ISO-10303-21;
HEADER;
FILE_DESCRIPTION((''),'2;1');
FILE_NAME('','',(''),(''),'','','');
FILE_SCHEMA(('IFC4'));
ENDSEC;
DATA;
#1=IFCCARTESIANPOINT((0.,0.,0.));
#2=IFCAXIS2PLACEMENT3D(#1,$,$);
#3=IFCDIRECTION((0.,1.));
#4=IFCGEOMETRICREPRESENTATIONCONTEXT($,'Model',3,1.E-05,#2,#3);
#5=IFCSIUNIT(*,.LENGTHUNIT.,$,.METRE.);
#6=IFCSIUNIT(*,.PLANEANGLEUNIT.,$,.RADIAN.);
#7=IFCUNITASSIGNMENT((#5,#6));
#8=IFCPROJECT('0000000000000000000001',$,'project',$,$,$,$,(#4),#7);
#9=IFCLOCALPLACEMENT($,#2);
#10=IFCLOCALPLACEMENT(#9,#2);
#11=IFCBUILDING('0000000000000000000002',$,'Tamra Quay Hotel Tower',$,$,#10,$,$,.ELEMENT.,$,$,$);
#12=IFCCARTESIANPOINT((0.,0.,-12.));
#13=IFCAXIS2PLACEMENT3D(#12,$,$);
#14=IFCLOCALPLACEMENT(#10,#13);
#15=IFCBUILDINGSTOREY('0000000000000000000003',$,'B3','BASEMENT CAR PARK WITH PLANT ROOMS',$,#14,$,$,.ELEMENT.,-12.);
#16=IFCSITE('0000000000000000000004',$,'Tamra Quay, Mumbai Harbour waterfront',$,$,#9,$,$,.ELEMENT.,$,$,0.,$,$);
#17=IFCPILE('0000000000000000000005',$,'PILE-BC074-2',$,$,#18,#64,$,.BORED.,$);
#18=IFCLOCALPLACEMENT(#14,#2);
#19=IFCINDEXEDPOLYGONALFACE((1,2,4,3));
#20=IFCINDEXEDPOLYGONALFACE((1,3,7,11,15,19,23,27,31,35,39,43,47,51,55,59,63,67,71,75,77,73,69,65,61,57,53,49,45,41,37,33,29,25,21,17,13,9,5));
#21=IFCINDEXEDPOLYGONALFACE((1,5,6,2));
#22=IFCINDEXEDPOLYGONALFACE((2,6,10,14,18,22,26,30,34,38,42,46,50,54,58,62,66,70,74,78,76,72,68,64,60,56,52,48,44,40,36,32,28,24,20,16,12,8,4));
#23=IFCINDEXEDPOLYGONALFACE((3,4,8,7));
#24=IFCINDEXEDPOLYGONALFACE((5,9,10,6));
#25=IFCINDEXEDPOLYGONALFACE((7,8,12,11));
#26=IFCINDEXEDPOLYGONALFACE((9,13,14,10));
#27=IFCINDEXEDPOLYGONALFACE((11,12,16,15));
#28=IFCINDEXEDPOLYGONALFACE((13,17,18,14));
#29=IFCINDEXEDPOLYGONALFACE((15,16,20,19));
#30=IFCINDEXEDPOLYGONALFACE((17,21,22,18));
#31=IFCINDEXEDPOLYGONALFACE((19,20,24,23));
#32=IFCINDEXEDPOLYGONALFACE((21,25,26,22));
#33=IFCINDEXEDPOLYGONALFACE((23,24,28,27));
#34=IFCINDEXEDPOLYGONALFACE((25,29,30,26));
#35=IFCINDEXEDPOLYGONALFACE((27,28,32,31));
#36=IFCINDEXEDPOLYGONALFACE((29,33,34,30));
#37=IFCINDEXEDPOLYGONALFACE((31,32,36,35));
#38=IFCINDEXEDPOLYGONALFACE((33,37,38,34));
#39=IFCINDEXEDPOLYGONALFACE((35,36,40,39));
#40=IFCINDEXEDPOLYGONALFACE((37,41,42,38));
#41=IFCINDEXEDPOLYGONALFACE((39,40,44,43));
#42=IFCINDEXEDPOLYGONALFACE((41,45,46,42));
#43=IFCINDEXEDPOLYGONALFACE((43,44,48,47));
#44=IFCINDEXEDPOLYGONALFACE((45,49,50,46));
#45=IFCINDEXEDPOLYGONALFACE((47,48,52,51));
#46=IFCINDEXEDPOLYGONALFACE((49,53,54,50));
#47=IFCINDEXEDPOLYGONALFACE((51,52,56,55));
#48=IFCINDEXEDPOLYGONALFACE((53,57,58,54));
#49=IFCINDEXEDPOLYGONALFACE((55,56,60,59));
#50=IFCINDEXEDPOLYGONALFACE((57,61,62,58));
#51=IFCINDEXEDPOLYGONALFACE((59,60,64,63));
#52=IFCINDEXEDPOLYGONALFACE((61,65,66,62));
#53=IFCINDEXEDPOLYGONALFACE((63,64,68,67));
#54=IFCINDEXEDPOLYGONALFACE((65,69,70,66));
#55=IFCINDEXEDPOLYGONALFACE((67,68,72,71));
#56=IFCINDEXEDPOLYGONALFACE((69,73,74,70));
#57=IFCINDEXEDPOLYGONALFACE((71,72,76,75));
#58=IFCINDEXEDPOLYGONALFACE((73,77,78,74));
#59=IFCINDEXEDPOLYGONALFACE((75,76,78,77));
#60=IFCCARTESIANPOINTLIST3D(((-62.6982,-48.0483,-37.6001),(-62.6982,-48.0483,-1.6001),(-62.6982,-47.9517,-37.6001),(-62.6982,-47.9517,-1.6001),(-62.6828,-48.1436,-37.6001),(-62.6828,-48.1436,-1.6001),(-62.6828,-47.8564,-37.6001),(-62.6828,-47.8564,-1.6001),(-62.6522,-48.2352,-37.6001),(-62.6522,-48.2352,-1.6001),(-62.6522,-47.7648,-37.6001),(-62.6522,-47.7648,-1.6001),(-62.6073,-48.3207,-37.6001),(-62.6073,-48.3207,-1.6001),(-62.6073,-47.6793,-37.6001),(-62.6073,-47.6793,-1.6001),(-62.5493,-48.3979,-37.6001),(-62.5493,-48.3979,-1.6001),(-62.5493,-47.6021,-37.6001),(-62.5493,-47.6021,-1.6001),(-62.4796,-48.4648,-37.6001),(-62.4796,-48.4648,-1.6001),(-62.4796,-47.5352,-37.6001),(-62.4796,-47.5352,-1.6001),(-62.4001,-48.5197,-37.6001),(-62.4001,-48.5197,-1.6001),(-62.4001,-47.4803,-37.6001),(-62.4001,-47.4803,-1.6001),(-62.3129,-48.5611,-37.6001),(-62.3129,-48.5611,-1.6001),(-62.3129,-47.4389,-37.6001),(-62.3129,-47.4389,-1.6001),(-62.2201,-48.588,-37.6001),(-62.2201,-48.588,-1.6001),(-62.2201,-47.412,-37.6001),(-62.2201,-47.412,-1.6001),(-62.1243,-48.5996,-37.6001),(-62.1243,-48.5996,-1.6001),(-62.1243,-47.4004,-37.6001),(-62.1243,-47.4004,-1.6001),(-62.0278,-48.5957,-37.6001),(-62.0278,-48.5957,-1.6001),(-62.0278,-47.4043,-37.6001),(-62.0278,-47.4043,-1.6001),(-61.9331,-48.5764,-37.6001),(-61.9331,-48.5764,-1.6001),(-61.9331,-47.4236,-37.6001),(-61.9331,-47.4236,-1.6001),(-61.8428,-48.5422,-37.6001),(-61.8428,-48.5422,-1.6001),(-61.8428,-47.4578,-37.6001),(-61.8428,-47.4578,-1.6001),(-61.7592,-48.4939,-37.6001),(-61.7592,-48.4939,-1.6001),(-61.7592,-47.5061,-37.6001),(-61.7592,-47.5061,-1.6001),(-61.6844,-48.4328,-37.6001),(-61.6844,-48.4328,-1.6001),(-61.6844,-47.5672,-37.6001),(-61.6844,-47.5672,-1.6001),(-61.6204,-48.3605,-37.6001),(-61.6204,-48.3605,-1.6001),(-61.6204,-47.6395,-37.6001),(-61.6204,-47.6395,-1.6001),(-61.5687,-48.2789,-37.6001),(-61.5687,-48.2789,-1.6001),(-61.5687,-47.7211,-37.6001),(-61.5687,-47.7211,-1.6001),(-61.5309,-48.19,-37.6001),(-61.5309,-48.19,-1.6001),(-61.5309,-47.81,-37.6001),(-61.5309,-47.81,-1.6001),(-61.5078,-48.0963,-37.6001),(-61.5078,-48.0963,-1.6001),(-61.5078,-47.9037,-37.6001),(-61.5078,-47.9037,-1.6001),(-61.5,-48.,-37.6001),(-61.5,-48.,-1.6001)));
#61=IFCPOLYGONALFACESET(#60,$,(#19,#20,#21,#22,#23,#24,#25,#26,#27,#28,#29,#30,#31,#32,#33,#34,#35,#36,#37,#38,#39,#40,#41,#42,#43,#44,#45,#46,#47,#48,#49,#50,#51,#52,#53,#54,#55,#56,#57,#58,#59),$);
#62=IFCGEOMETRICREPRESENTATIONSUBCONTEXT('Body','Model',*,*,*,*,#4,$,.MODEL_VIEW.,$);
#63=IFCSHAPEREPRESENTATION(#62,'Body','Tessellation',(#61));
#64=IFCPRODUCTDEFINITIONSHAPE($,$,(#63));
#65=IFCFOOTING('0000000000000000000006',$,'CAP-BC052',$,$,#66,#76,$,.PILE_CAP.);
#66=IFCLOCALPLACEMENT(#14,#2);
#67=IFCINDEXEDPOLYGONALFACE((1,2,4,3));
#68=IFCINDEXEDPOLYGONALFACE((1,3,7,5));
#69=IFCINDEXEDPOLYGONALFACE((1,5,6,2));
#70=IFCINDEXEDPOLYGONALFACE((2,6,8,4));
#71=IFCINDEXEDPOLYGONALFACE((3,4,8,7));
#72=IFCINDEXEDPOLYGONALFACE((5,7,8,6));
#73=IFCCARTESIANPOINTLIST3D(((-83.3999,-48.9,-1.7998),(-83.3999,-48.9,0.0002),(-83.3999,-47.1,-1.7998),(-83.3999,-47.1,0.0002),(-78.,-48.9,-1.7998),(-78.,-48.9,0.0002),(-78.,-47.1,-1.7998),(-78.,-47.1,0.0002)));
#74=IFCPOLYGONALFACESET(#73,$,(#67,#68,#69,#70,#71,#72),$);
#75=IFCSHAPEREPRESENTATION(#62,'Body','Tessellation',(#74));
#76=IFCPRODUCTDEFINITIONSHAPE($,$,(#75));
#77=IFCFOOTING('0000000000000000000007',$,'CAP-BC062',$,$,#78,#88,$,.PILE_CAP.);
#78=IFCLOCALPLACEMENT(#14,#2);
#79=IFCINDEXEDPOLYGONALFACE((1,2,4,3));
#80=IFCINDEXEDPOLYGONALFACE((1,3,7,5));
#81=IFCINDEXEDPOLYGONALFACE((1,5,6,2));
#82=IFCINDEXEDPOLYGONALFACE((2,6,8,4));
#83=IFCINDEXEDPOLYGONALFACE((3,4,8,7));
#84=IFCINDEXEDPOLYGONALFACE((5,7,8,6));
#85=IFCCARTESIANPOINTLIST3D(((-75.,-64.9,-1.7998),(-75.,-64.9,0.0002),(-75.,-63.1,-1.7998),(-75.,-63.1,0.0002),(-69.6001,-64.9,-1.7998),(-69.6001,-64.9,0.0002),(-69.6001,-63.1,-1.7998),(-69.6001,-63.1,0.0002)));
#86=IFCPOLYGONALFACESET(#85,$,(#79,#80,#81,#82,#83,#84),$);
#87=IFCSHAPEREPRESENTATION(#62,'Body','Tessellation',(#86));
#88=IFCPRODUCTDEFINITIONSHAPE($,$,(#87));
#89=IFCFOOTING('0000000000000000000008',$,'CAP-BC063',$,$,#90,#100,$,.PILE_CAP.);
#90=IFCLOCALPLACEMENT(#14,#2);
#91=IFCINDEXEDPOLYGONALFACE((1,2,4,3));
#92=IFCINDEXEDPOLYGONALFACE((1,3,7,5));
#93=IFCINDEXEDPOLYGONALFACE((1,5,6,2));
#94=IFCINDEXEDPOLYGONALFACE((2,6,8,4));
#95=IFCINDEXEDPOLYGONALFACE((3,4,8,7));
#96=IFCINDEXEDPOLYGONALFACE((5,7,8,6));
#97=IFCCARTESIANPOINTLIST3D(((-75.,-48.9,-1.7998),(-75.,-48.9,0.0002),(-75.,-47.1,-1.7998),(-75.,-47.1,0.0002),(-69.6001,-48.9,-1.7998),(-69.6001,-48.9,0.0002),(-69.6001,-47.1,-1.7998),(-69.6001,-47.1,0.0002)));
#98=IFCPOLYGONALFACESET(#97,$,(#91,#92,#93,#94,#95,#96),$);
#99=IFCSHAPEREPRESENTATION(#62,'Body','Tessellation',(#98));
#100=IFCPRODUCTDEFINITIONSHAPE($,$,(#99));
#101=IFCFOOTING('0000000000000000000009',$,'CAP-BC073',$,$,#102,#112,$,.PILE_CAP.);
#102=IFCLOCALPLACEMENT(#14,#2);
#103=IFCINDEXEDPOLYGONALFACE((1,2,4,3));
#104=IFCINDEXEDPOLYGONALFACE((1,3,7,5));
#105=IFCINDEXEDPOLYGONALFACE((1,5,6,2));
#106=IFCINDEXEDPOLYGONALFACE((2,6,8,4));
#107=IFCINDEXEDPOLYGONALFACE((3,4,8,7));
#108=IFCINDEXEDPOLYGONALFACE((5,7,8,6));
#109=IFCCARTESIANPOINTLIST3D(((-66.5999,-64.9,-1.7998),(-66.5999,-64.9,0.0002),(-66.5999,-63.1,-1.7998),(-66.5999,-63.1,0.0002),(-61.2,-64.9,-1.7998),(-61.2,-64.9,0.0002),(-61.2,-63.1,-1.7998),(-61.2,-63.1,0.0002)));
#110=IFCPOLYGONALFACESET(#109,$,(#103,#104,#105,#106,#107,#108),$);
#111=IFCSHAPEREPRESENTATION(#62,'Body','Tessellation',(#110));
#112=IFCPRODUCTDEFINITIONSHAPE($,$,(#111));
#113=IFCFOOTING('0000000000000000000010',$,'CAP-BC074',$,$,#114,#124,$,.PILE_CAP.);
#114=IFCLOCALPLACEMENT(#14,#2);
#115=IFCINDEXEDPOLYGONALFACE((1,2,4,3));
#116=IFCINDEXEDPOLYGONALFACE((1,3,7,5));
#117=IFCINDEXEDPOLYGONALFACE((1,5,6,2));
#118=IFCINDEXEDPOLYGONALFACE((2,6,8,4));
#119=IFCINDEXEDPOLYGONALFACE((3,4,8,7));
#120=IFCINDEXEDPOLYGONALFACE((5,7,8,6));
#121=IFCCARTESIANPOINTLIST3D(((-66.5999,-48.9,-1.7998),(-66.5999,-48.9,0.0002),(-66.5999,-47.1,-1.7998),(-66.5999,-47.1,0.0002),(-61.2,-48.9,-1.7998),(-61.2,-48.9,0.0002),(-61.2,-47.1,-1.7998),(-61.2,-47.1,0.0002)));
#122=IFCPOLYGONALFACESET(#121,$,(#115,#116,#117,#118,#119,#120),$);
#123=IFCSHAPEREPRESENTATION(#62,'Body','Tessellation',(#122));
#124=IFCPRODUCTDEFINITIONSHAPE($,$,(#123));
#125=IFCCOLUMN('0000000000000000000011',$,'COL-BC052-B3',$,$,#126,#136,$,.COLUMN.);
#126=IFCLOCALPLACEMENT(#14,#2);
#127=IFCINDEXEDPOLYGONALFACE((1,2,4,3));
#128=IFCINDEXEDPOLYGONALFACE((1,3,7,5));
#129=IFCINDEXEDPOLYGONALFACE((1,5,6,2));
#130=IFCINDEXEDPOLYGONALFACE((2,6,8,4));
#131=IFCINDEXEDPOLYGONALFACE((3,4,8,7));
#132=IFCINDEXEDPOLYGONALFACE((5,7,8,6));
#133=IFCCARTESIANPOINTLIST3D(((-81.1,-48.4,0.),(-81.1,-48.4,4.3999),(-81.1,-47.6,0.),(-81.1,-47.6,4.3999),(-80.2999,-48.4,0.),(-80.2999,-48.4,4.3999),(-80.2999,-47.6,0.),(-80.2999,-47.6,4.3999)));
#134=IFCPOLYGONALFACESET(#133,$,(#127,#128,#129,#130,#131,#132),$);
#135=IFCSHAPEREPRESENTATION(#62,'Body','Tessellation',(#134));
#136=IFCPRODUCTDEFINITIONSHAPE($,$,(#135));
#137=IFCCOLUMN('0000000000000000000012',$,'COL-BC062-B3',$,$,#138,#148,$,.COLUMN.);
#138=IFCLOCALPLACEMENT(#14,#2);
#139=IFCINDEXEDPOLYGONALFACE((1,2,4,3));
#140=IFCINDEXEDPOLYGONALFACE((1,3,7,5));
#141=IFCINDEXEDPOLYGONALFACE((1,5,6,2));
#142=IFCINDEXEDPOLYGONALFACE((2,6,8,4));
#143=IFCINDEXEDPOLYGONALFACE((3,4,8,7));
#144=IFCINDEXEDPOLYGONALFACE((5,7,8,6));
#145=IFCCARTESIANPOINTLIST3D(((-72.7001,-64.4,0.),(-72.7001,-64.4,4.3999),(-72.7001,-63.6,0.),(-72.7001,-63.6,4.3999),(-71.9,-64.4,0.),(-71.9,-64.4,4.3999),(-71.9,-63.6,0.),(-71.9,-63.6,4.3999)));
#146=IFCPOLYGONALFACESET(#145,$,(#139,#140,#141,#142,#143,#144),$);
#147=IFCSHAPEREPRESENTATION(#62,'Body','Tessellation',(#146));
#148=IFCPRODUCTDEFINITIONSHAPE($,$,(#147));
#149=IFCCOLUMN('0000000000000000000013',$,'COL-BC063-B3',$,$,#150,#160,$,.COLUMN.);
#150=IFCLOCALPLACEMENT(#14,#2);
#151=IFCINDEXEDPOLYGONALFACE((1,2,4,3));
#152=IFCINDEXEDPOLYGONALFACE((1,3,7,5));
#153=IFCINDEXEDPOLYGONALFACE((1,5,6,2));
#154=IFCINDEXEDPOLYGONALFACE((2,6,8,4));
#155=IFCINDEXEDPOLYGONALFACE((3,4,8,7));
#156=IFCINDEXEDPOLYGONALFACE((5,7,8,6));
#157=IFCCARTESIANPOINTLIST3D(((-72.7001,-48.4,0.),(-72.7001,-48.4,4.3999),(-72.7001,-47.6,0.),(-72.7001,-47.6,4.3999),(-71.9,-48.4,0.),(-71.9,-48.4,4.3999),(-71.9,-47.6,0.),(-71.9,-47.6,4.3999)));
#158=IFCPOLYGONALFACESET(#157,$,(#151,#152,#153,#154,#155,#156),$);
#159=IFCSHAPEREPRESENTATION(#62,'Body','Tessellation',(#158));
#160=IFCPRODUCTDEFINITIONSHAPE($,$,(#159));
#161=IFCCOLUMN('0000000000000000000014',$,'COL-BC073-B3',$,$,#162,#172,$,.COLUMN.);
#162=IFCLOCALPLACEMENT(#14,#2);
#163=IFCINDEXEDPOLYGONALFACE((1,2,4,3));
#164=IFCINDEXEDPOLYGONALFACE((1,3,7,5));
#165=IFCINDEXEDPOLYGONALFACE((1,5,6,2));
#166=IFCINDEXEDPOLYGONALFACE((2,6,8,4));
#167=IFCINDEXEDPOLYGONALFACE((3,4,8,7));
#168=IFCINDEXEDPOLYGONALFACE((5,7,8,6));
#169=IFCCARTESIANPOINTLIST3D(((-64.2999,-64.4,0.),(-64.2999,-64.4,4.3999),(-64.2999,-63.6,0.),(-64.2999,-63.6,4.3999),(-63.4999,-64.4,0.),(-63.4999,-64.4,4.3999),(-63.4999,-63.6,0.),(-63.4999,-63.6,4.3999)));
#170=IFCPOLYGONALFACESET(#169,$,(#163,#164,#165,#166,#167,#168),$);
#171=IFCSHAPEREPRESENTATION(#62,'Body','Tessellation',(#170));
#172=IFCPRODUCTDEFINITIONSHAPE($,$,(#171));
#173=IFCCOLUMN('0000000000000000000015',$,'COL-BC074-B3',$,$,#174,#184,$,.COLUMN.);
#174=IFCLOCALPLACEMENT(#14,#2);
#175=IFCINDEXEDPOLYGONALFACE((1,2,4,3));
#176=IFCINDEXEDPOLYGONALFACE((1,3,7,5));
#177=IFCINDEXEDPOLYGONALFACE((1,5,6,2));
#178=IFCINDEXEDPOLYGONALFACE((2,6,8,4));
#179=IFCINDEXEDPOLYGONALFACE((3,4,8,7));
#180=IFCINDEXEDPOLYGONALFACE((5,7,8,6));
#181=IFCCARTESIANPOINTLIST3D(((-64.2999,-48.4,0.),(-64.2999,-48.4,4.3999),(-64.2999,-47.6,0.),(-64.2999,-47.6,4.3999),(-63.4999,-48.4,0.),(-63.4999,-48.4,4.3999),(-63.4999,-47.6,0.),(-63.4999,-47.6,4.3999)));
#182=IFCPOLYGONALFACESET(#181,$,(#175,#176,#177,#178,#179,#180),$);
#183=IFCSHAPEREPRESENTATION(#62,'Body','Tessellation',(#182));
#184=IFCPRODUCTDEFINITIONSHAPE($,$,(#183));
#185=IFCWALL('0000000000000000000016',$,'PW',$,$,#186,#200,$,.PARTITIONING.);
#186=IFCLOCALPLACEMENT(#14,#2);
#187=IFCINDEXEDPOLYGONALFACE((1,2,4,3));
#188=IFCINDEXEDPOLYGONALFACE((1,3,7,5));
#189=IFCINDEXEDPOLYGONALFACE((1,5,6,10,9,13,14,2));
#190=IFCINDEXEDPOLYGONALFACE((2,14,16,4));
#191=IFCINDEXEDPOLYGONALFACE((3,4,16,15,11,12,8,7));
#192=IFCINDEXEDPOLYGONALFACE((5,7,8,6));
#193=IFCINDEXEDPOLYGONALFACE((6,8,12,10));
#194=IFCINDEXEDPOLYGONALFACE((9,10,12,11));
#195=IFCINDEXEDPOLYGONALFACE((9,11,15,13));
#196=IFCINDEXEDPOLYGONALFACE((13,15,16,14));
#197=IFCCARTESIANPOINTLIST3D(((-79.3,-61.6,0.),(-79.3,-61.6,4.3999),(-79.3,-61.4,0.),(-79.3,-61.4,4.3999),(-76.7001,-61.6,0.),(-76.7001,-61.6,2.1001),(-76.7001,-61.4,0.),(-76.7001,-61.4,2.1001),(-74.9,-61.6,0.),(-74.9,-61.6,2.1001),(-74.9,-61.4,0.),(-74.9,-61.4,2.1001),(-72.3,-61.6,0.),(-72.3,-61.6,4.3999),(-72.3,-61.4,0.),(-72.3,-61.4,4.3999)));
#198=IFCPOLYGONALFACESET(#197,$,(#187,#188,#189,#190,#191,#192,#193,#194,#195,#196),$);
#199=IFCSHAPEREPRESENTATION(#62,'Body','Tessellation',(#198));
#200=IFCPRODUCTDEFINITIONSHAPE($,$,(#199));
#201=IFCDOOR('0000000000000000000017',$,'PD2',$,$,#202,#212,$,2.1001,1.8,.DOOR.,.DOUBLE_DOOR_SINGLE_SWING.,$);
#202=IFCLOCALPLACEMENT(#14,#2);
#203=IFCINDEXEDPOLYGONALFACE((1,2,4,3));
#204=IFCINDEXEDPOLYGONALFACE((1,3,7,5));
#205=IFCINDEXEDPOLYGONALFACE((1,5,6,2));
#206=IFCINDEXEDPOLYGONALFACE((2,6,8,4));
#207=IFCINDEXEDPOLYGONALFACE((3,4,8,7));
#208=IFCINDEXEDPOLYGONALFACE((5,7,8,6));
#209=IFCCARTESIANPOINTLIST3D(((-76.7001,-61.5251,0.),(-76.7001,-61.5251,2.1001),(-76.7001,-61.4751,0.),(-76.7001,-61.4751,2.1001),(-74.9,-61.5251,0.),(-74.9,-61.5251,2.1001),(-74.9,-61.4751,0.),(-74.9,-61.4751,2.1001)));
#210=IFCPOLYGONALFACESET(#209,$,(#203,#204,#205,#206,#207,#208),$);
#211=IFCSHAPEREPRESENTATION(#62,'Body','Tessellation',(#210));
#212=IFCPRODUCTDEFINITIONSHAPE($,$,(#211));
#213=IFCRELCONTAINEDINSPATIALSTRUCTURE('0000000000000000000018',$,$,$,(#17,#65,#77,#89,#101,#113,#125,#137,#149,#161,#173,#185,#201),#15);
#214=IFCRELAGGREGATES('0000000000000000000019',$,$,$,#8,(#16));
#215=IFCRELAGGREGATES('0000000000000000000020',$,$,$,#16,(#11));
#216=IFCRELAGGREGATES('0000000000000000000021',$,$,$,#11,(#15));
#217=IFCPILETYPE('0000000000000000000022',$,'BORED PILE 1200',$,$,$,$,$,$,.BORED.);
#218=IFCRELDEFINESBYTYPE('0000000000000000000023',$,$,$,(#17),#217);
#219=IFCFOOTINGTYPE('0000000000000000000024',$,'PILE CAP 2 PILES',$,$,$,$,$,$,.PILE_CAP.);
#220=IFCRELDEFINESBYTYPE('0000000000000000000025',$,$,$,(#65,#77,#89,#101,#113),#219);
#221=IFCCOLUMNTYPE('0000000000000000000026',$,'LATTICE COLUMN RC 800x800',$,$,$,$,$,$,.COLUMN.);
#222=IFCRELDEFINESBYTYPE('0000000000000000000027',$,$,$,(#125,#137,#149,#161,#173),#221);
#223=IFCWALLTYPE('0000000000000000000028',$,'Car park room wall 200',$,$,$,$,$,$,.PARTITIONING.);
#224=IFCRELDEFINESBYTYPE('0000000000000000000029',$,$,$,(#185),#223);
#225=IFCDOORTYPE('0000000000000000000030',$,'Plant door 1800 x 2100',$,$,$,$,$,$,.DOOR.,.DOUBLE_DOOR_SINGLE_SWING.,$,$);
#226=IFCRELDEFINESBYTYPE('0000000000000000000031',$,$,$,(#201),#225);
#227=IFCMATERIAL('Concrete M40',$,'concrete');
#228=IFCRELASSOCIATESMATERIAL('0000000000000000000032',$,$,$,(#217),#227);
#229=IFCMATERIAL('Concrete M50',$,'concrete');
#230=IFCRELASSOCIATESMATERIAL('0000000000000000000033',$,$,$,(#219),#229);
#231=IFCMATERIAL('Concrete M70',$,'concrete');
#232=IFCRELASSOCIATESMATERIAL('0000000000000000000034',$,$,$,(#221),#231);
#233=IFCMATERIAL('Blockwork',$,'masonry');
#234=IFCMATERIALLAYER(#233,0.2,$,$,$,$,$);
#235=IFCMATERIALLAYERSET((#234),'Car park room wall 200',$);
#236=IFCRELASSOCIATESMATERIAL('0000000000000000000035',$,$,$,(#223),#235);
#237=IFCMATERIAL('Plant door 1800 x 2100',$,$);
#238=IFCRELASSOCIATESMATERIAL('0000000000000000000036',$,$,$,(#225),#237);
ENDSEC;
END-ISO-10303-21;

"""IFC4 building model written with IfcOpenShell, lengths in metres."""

from ifc_helpers import new_model, si_unit, direction, frame, frame_2d, origin, origin_2d, place, context, subcontext, project, spatial, rectangle, circle, extrude, material, layer, layer_set, material_profile, profile_set, type_object, element, fill, save


model = new_model("IFC4")

# Units and contexts
model_context = context("Model", 3, precision=1e-05, world=origin(), true_north=direction((0.0, 1.0)))
body_context = subcontext(model_context, "Body", "Model", "MODEL_VIEW")
ifc_project = project(units=[si_unit("LENGTHUNIT", "METRE"), si_unit("PLANEANGLEUNIT", "RADIAN")], contexts=[model_context])

# Site, building, storey
site_placement = place(None, origin())
site = spatial("IfcSite", under=ifc_project, at=site_placement, Name="Tamra Quay, Mumbai Harbour waterfront", CompositionType="ELEMENT", RefElevation=0.0)
building_placement = place(site_placement, origin())
building = spatial("IfcBuilding", under=site, at=building_placement, Name="Tamra Quay Hotel Tower", CompositionType="ELEMENT")
storey_placement = place(building_placement, frame((0.0, 0.0, -12.0)))
storey = spatial("IfcBuildingStorey", under=building, at=storey_placement, Name="B3", Description="BASEMENT CAR PARK WITH PLANT ROOMS", CompositionType="ELEMENT", Elevation=-12.0)

# Pile
ifc_material_1 = material(Name="Concrete M40", Category="concrete")
ifc_material_profile_1 = material_profile(ifc_material_1, circle(Radius=0.6001, at=origin_2d()), Name="BORED PILE 1200")
ifc_profile_set_1 = profile_set([ifc_material_profile_1], Name="Concrete M40")
pile_type = type_object("IfcPileType", Name="BORED PILE 1200", PredefinedType="BORED", material=ifc_profile_set_1)
for number, where, z_axis, x_axis, name in (
    (1, (-62.1001, -48.0, -1.6001), (0.0, 0.0, -1.0), (1.0, 0.0, 0.0), "PILE-BC074-2"),
):
    element("IfcPile", number, at=place(storey_placement, frame(where, z_axis=z_axis, x_axis=x_axis)), inside=storey, type_object=pile_type, Name=name, PredefinedType="BORED", context=body_context, shape_type="SweptSolid", body=[
        extrude(circle(Radius=0.6001, at=origin_2d()), origin(), (0.0, 0.0, 1.0), 36.0),
    ])

# Footings
ifc_material_2 = material(Name="Concrete M50", Category="concrete")
footing_type = type_object("IfcFootingType", Name="PILE CAP 2 PILES", PredefinedType="PILE_CAP", material=ifc_material_2)
for number, where, z_axis, x_axis, name in (
    (2, (-80.7, -48.0, -1.7998), (0.0, 0.0, 1.0), (1.0, 0.0, 0.0), "CAP-BC052"),
    (3, (-72.3, -64.0, -1.7998), (0.0, 0.0, 1.0), (1.0, 0.0, 0.0), "CAP-BC062"),
    (4, (-72.3, -48.0, -1.7998), (0.0, 0.0, 1.0), (1.0, 0.0, 0.0), "CAP-BC063"),
    (5, (-63.8999, -64.0, -1.7998), (0.0, 0.0, 1.0), (1.0, 0.0, 0.0), "CAP-BC073"),
    (6, (-63.8999, -48.0, -1.7998), (0.0, 0.0, 1.0), (1.0, 0.0, 0.0), "CAP-BC074"),
):
    element("IfcFooting", number, at=place(storey_placement, frame(where, z_axis=z_axis, x_axis=x_axis)), inside=storey, type_object=footing_type, Name=name, PredefinedType="PILE_CAP", context=body_context, shape_type="SweptSolid", body=[
        extrude(rectangle(XDim=5.3999, YDim=1.8, at=origin_2d()), origin(), (0.0, 0.0, 1.0), 1.8),
    ])

# Columns
ifc_material_3 = material(Name="Concrete M70", Category="concrete")
ifc_material_profile_2 = material_profile(ifc_material_3, rectangle(XDim=0.8, YDim=0.8, at=origin_2d()), Name="LATTICE COLUMN RC 800x800")
ifc_profile_set_2 = profile_set([ifc_material_profile_2], Name="Concrete M70")
column_type = type_object("IfcColumnType", Name="LATTICE COLUMN RC 800x800", PredefinedType="COLUMN", material=ifc_profile_set_2)
for number, where, z_axis, x_axis, name in (
    (7, (-80.7, -48.0, 0.0), (0.0, 0.0, 1.0), (1.0, 0.0, 0.0), "COL-BC052-B3"),
    (8, (-72.3, -64.0, 0.0), (0.0, 0.0, 1.0), (1.0, 0.0, 0.0), "COL-BC062-B3"),
    (9, (-72.3, -48.0, 0.0), (0.0, 0.0, 1.0), (1.0, 0.0, 0.0), "COL-BC063-B3"),
    (10, (-63.8999, -64.0, 0.0), (0.0, 0.0, 1.0), (1.0, 0.0, 0.0), "COL-BC073-B3"),
    (11, (-63.8999, -48.0, 0.0), (0.0, 0.0, 1.0), (1.0, 0.0, 0.0), "COL-BC074-B3"),
):
    element("IfcColumn", number, at=place(storey_placement, frame(where, z_axis=z_axis, x_axis=x_axis)), inside=storey, type_object=column_type, Name=name, PredefinedType="COLUMN", context=body_context, shape_type="SweptSolid", body=[
        extrude(rectangle(XDim=0.8, YDim=0.8, at=origin_2d()), origin(), (0.0, 0.0, 1.0), 4.3999),
    ])

# Wall, opening, door
ifc_material_4 = material(Name="Blockwork", Category="masonry")
ifc_layer_1 = layer(ifc_material_4, 0.2)
ifc_layer_set_1 = layer_set([ifc_layer_1], Name="Car park room wall 200")
wall_type_1 = type_object("IfcWallType", Name="Car park room wall 200", PredefinedType="PARTITIONING", material=ifc_layer_set_1)
wall_1_placement = place(storey_placement, frame((-79.3, -61.5, 0.0), z_axis=(0.0, 0.0, 1.0), x_axis=(1.0, 0.0, 0.0)))
wall_1 = element("IfcWall", 12, at=wall_1_placement, inside=storey, type_object=wall_type_1, Name="PW", PredefinedType="PARTITIONING", context=body_context, shape_type="SweptSolid", body=[
    extrude(rectangle(XDim=7.0, YDim=0.2, at=frame_2d((3.5, 0.0))), origin(), (0.0, 0.0, 1.0), 4.3999),
])
opening_placement = place(wall_1_placement, frame((2.6001, 0.0, 0.0)))
opening = element("IfcOpeningElement", 13, at=opening_placement, cuts=wall_1, PredefinedType="OPENING", context=body_context, shape_type="SweptSolid", body=[
    extrude(rectangle(XDim=1.8, YDim=2.1001, at=frame_2d((0.8999, 1.05))), frame((0.0, 0.1099, 0.0), z_axis=(0.0, -1.0, 0.0), x_axis=(1.0, 0.0, 0.0)), (0.0, 0.0, 1.0), 0.22),
])
ifc_material_5 = material(Name="Plant door 1800 x 2100")
door_type = type_object("IfcDoorType", Name="Plant door 1800 x 2100", OperationType="DOUBLE_DOOR_SINGLE_SWING", PredefinedType="DOOR", material=ifc_material_5)
door_placement = place(opening_placement, origin())
door = element("IfcDoor", 14, at=door_placement, inside=storey, type_object=door_type, Name="PD2", OperationType="DOUBLE_DOOR_SINGLE_SWING", OverallHeight=2.1001, OverallWidth=1.8, PredefinedType="DOOR", context=body_context, shape_type="SweptSolid", body=[
    extrude(rectangle(XDim=1.8, YDim=2.1001, at=frame_2d((0.8999, 1.05))), frame((0.0, 0.0249, 0.0), z_axis=(0.0, -1.0, 0.0), x_axis=(1.0, 0.0, 0.0)), (0.0, 0.0, 1.0), 0.05),
])
fill(opening, door)

save(model, "model.ifc")
